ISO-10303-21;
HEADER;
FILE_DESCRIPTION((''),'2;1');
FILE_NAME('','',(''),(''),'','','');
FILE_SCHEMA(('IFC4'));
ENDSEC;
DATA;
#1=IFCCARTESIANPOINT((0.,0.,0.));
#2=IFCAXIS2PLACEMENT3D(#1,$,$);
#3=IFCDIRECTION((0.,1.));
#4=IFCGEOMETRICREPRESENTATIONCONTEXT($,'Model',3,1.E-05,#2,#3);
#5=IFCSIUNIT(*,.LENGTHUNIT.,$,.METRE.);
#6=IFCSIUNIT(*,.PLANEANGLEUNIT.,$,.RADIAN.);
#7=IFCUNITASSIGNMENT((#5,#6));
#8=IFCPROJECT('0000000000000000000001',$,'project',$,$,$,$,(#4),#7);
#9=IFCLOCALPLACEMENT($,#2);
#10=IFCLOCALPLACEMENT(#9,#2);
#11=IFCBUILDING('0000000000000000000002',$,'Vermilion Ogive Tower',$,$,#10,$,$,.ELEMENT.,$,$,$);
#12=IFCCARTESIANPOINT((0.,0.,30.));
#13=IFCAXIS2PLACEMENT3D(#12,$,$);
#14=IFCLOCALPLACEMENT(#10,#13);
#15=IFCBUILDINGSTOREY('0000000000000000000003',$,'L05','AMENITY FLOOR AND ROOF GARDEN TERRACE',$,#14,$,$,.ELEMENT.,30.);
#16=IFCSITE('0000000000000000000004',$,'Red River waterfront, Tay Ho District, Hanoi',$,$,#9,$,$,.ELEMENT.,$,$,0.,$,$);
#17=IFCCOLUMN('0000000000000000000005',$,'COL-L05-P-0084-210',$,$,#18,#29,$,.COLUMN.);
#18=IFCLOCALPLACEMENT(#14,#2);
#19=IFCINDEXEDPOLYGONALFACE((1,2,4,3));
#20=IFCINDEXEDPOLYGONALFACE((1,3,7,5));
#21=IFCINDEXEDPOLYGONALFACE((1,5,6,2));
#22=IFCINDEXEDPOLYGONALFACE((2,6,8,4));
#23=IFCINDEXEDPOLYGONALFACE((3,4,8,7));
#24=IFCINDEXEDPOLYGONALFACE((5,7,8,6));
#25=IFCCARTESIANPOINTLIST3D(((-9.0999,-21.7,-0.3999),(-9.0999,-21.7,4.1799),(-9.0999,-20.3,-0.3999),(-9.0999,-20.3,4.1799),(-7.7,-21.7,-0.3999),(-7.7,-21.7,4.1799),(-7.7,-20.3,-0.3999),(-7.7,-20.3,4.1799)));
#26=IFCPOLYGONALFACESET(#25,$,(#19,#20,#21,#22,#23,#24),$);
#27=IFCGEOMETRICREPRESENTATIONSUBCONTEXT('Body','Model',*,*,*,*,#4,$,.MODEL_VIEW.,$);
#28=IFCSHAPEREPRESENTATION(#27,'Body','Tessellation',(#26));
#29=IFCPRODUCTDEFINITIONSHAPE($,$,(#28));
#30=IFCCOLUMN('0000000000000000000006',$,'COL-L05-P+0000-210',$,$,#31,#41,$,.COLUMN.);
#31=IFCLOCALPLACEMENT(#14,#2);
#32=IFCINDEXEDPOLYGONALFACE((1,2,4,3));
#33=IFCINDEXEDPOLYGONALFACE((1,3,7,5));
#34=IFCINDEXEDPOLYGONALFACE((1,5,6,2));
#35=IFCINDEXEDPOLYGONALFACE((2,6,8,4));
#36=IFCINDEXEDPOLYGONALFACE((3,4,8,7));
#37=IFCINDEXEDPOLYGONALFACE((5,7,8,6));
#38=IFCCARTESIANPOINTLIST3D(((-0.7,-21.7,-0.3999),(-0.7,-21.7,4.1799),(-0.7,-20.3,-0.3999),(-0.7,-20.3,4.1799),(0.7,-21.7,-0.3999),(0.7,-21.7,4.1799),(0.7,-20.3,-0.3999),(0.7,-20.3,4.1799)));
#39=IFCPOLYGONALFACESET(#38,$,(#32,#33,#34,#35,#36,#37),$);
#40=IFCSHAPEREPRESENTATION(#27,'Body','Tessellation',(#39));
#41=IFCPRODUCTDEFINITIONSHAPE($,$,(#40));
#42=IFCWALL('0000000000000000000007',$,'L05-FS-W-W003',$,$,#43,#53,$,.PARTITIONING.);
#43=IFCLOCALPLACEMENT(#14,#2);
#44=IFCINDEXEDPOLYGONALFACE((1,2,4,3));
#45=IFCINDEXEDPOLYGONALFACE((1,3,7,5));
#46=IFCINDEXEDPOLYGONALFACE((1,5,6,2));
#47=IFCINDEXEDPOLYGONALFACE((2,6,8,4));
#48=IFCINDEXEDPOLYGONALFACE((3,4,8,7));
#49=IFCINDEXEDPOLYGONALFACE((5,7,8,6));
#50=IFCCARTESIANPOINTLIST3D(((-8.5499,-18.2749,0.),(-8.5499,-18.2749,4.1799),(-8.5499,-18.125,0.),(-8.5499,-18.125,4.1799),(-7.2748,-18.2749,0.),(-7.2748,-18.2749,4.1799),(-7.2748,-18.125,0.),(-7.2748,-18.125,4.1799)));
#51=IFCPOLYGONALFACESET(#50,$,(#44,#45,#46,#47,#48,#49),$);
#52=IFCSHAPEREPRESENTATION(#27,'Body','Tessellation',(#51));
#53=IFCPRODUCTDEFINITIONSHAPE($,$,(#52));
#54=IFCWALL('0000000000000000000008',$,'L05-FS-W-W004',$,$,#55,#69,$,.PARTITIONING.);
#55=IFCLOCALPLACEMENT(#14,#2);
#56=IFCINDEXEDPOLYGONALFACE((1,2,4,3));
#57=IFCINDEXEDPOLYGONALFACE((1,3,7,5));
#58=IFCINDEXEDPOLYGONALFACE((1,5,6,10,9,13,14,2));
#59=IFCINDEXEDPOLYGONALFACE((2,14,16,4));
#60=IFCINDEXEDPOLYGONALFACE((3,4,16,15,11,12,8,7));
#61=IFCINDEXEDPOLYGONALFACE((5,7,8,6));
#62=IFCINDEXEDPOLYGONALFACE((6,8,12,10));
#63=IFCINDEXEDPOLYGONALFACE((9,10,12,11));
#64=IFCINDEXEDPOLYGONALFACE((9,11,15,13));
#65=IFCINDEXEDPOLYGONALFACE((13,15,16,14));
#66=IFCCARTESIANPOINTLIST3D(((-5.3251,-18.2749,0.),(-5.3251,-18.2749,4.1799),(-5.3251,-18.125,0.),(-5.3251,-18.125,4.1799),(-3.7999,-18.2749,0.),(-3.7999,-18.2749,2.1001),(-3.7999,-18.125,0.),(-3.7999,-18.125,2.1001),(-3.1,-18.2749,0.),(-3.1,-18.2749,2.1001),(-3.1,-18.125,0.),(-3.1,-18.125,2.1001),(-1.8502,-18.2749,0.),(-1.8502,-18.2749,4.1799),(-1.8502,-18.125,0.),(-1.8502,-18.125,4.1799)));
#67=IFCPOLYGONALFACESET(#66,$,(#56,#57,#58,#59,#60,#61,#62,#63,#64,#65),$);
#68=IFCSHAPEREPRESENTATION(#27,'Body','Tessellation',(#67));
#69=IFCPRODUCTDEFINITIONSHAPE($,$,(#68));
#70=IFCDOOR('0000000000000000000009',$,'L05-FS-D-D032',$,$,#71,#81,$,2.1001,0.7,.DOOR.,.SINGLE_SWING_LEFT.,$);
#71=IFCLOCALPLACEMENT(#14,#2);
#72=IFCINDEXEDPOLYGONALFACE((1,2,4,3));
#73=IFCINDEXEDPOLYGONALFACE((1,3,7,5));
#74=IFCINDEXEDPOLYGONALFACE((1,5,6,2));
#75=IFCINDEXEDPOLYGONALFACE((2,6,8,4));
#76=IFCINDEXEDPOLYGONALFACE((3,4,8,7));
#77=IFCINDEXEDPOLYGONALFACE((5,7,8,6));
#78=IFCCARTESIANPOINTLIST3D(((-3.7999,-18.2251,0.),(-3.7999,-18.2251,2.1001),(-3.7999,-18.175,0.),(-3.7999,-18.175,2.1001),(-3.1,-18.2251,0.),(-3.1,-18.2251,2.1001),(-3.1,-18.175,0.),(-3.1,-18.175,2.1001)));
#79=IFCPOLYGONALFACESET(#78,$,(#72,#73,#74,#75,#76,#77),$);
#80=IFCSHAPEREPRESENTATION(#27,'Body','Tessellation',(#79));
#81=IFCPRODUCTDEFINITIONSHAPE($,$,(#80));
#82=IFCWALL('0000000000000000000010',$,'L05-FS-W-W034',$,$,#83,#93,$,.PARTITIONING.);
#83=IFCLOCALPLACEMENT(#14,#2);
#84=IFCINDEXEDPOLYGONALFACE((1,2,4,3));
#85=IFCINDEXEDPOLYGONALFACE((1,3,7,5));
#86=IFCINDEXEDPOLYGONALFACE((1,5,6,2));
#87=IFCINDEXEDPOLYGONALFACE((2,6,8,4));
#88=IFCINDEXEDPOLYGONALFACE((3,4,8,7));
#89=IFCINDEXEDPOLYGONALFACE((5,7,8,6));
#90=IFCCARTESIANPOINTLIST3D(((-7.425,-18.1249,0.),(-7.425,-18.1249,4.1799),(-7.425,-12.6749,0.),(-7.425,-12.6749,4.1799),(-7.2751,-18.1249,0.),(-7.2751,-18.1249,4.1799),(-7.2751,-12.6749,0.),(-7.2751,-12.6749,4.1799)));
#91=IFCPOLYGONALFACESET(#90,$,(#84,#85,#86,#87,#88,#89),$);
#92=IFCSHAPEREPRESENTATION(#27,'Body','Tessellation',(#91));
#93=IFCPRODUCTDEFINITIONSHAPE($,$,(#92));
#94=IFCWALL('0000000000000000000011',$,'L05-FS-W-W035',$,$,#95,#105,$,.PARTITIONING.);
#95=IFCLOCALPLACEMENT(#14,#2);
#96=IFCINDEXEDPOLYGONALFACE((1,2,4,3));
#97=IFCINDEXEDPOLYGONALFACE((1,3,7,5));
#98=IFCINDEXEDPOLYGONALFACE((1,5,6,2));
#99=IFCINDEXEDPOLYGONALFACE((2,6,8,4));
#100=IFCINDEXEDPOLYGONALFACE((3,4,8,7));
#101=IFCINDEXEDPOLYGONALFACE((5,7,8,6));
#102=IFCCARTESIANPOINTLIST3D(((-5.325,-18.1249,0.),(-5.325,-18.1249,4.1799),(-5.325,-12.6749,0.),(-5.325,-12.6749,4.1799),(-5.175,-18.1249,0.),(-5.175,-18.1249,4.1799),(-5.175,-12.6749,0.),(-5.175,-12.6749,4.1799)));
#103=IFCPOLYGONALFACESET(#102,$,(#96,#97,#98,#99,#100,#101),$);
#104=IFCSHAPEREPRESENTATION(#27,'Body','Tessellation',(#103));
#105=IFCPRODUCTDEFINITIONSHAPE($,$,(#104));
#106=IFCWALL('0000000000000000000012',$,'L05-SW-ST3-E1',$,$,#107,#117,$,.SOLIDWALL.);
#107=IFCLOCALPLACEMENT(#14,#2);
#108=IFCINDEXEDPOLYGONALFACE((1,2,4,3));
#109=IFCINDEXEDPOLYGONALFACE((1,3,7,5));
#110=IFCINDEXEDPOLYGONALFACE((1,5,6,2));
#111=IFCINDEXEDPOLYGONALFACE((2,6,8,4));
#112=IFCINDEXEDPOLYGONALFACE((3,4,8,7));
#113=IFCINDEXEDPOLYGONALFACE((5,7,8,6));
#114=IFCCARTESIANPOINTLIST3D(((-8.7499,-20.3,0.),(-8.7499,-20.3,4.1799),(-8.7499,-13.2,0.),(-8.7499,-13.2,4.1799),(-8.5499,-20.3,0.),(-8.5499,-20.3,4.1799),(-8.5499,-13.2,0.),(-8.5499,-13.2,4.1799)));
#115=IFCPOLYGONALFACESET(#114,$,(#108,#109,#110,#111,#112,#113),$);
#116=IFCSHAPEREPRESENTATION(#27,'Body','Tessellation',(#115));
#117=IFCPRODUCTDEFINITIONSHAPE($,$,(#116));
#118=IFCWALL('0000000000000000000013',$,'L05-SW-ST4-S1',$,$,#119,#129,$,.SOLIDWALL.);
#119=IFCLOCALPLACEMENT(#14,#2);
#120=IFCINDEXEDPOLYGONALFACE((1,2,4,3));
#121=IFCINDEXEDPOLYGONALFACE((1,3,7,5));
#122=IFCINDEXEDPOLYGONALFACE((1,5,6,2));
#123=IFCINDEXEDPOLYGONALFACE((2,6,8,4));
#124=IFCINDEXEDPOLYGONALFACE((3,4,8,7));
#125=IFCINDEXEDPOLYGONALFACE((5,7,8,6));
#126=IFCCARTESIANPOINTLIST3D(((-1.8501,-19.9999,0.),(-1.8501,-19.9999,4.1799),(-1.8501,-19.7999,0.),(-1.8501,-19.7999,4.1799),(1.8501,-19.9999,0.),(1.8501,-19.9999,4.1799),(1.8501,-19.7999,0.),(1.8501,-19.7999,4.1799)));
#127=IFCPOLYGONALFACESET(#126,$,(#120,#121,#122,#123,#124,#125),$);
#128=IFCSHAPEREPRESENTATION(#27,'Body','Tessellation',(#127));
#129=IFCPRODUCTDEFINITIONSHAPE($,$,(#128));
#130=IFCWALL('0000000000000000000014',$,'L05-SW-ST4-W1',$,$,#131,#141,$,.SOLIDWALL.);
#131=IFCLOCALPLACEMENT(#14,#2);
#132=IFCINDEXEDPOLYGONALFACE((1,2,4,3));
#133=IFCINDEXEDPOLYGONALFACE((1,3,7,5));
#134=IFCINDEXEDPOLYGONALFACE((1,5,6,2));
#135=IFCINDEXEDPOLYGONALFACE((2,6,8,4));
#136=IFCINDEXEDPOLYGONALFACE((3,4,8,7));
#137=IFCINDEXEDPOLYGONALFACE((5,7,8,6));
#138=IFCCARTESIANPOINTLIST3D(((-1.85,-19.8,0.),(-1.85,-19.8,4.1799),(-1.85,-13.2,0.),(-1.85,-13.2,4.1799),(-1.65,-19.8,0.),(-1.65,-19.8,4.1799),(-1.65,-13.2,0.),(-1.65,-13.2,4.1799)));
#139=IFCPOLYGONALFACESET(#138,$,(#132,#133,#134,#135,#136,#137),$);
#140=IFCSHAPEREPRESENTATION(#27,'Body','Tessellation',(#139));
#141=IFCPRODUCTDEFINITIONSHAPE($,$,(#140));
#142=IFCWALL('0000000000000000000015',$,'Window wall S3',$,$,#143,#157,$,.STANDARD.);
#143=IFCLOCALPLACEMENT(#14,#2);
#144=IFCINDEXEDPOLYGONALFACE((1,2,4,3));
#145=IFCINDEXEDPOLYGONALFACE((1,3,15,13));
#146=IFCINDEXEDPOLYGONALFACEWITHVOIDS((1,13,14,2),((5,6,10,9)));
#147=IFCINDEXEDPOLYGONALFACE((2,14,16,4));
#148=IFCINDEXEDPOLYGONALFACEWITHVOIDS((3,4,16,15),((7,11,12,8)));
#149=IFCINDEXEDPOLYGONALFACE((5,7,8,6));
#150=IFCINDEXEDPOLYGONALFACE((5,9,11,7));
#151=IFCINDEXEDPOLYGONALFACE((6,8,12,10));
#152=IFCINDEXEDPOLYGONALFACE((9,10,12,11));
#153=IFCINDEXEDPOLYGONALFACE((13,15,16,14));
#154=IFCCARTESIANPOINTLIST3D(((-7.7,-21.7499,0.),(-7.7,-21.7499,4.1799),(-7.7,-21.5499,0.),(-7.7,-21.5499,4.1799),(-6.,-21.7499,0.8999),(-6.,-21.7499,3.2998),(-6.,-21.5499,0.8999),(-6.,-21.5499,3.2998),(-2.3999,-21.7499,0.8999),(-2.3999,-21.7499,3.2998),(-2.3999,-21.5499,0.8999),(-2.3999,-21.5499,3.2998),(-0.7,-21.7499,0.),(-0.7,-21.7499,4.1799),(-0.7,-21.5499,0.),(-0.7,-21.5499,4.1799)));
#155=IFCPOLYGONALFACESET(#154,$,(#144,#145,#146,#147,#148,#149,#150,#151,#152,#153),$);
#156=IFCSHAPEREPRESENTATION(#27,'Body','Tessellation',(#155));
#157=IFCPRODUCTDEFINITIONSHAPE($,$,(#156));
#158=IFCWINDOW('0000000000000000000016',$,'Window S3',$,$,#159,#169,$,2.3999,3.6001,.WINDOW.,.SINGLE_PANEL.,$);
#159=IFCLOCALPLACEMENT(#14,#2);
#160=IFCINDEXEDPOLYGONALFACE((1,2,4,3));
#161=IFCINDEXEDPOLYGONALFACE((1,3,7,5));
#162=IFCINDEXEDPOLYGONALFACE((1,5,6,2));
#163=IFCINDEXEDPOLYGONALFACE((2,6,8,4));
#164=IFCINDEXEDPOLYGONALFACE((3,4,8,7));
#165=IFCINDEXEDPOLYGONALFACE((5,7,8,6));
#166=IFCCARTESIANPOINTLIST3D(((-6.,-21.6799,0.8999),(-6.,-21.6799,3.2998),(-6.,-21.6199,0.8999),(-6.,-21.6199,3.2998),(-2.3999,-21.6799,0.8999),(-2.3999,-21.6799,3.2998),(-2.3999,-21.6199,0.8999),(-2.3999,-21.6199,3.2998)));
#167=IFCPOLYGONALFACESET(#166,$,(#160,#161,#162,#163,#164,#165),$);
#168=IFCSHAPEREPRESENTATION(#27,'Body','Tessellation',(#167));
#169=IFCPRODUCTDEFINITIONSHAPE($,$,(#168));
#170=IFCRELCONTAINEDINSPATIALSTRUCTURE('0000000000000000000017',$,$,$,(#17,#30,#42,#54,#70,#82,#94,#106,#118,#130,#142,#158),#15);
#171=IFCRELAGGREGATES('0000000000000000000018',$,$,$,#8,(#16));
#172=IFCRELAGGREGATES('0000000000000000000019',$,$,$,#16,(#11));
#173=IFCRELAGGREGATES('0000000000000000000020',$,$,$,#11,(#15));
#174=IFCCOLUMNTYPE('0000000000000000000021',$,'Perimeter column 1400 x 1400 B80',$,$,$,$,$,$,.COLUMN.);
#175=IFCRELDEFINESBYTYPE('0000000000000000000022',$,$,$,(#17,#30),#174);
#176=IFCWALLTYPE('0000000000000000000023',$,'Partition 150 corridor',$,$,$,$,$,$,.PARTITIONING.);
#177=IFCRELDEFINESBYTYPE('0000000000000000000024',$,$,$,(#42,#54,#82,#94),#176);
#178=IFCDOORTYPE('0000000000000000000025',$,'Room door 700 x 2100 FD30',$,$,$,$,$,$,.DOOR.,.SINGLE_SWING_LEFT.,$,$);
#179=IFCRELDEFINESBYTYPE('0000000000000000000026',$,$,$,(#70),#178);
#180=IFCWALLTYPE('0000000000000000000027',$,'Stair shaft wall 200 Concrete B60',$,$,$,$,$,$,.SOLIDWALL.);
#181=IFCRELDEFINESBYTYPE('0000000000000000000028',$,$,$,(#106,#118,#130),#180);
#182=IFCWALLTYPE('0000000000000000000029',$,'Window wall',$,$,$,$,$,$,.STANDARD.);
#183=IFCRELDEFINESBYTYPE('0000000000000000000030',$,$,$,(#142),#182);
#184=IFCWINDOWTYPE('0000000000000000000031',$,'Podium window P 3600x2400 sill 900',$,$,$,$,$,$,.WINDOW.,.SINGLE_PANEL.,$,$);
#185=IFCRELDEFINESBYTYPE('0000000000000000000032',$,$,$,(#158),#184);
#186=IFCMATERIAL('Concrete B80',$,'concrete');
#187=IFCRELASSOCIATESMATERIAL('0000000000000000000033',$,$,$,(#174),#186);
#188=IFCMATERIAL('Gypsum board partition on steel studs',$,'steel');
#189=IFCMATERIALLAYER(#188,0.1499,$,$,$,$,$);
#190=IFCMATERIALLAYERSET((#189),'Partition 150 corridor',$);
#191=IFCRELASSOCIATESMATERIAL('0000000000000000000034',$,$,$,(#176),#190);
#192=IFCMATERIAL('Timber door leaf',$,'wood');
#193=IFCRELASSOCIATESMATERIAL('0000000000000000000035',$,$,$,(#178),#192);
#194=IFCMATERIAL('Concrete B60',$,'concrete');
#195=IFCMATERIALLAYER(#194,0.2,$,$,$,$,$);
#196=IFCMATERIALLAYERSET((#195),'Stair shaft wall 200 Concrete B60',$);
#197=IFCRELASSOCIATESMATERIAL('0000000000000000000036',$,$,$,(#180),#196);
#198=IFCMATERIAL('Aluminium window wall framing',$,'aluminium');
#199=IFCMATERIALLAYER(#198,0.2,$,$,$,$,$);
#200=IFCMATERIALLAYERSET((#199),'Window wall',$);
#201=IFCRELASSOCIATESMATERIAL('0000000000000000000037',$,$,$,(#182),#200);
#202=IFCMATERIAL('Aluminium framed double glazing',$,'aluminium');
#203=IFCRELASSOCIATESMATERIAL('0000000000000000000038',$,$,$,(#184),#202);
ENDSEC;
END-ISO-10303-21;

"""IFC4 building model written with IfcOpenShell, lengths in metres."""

from ifc_helpers import new_model, si_unit, direction, frame, frame_2d, origin, origin_2d, place, context, subcontext, project, spatial, rectangle, extrude, material, layer, layer_set, material_profile, profile_set, type_object, element, fill, save


model = new_model("IFC4")

# Units and contexts
model_context = context("Model", 3, precision=1e-05, world=origin(), true_north=direction((0.0, 1.0)))
body_context = subcontext(model_context, "Body", "Model", "MODEL_VIEW")
ifc_project = project(units=[si_unit("LENGTHUNIT", "METRE"), si_unit("PLANEANGLEUNIT", "RADIAN")], contexts=[model_context])

# Site, building, storey
site_placement = place(None, origin())
site = spatial("IfcSite", under=ifc_project, at=site_placement, Name="Red River waterfront, Tay Ho District, Hanoi", CompositionType="ELEMENT", RefElevation=0.0)
building_placement = place(site_placement, origin())
building = spatial("IfcBuilding", under=site, at=building_placement, Name="Vermilion Ogive Tower", CompositionType="ELEMENT")
storey_placement = place(building_placement, frame((0.0, 0.0, 30.0)))
storey = spatial("IfcBuildingStorey", under=building, at=storey_placement, Name="L05", Description="AMENITY FLOOR AND ROOF GARDEN TERRACE", CompositionType="ELEMENT", Elevation=30.0)

# Columns
ifc_material_1 = material(Name="Concrete B80", Category="concrete")
ifc_material_profile = material_profile(ifc_material_1, rectangle(XDim=1.3999, YDim=1.3999, at=origin_2d()), Name="1400 x 1400")
ifc_profile_set = profile_set([ifc_material_profile], Name="Concrete B80")
column_type = type_object("IfcColumnType", Name="Perimeter column 1400 x 1400 B80", PredefinedType="COLUMN", material=ifc_profile_set)
for number, where, z_axis, x_axis, name in (
    (1, (-8.3999, -21.0, -0.3999), (0.0, 0.0, 1.0), (1.0, 0.0, 0.0), "COL-L05-P-0084-210"),
    (2, (0.0, -21.0, -0.3999), (0.0, 0.0, 1.0), (1.0, 0.0, 0.0), "COL-L05-P+0000-210"),
):
    element("IfcColumn", number, at=place(storey_placement, frame(where, z_axis=z_axis, x_axis=x_axis)), inside=storey, type_object=column_type, Name=name, PredefinedType="COLUMN", context=body_context, shape_type="SweptSolid", body=[
        extrude(rectangle(XDim=1.3999, YDim=1.3999, at=origin_2d()), origin(), (0.0, 0.0, 1.0), 4.5798),
    ])

# Wall
ifc_material_2 = material(Name="Gypsum board partition on steel studs", Category="steel")
ifc_layer_1 = layer(ifc_material_2, 0.1499)
ifc_layer_set_1 = layer_set([ifc_layer_1], Name="Partition 150 corridor")
wall_type_1 = type_object("IfcWallType", Name="Partition 150 corridor", PredefinedType="PARTITIONING", material=ifc_layer_set_1)
wall_1_placement = place(storey_placement, frame((-8.55, -18.2, 0.0), z_axis=(0.0, 0.0, 1.0), x_axis=(1.0, 0.0, 0.0)))
element("IfcWall", 3, at=wall_1_placement, inside=storey, type_object=wall_type_1, Name="L05-FS-W-W003", PredefinedType="PARTITIONING", context=body_context, shape_type="SweptSolid", body=[
    extrude(rectangle(XDim=1.2751, YDim=0.1499, at=frame_2d((0.6377, 0.0))), origin(), (0.0, 0.0, 1.0), 4.1799),
])

# Wall, opening, door
wall_2_placement = place(storey_placement, frame((-5.325, -18.2, 0.0), z_axis=(0.0, 0.0, 1.0), x_axis=(1.0, 0.0, 0.0)))
wall_2 = element("IfcWall", 4, at=wall_2_placement, inside=storey, type_object=wall_type_1, Name="L05-FS-W-W004", PredefinedType="PARTITIONING", context=body_context, shape_type="SweptSolid", body=[
    extrude(rectangle(XDim=3.4749, YDim=0.1499, at=frame_2d((1.7373, 0.0))), origin(), (0.0, 0.0, 1.0), 4.1799),
])
opening_1_placement = place(wall_2_placement, frame((1.5249, 0.0, 0.0)))
opening_1 = element("IfcOpeningElement", 5, at=opening_1_placement, cuts=wall_2, PredefinedType="OPENING", context=body_context, shape_type="SweptSolid", body=[
    extrude(rectangle(XDim=0.7, YDim=2.1001, at=frame_2d((0.3501, 1.05))), frame((0.0, 0.085, 0.0), z_axis=(0.0, -1.0, 0.0), x_axis=(1.0, 0.0, 0.0)), (0.0, 0.0, 1.0), 0.1699),
])
ifc_material_3 = material(Name="Timber door leaf", Category="wood")
door_type = type_object("IfcDoorType", Name="Room door 700 x 2100 FD30", OperationType="SINGLE_SWING_LEFT", PredefinedType="DOOR", material=ifc_material_3)
door_placement = place(opening_1_placement, origin())
door = element("IfcDoor", 6, at=door_placement, inside=storey, type_object=door_type, Name="L05-FS-D-D032", OperationType="SINGLE_SWING_LEFT", OverallHeight=2.1001, OverallWidth=0.7, PredefinedType="DOOR", context=body_context, shape_type="SweptSolid", body=[
    extrude(rectangle(XDim=0.7, YDim=2.1001, at=frame_2d((0.3501, 1.05))), frame((0.0, 0.0249, 0.0), z_axis=(0.0, -1.0, 0.0), x_axis=(1.0, 0.0, 0.0)), (0.0, 0.0, 1.0), 0.05),
])
fill(opening_1, door)

# Walls
for number, where, z_axis, x_axis, name in (
    (7, (-7.3501, -18.125, 0.0), (0.0, 0.0, 1.0), (0.0, 1.0, 0.0), "L05-FS-W-W034"),
    (8, (-5.25, -18.125, 0.0), (0.0, 0.0, 1.0), (0.0, 1.0, 0.0), "L05-FS-W-W035"),
):
    element("IfcWall", number, at=place(storey_placement, frame(where, z_axis=z_axis, x_axis=x_axis)), inside=storey, type_object=wall_type_1, Name=name, PredefinedType="PARTITIONING", context=body_context, shape_type="SweptSolid", body=[
        extrude(rectangle(XDim=5.45, YDim=0.1499, at=frame_2d((2.7251, 0.0))), origin(), (0.0, 0.0, 1.0), 4.1799),
    ])
ifc_material_4 = material(Name="Concrete B60", Category="concrete")
ifc_layer_2 = layer(ifc_material_4, 0.2)
ifc_layer_set_2 = layer_set([ifc_layer_2], Name="Stair shaft wall 200 Concrete B60")
wall_type_2 = type_object("IfcWallType", Name="Stair shaft wall 200 Concrete B60", PredefinedType="SOLIDWALL", material=ifc_layer_set_2)
wall_3_placement = place(storey_placement, frame((-8.6499, -20.3, 0.0), z_axis=(0.0, 0.0, 1.0), x_axis=(0.0, 1.0, 0.0)))
element("IfcWall", 9, at=wall_3_placement, inside=storey, type_object=wall_type_2, Name="L05-SW-ST3-E1", PredefinedType="SOLIDWALL", context=body_context, shape_type="SweptSolid", body=[
    extrude(rectangle(XDim=7.1001, YDim=0.2, at=frame_2d((3.55, 0.0))), origin(), (0.0, 0.0, 1.0), 4.1799),
])
wall_4_placement = place(storey_placement, frame((-1.8501, -19.8999, 0.0), z_axis=(0.0, 0.0, 1.0), x_axis=(1.0, 0.0, 0.0)))
element("IfcWall", 10, at=wall_4_placement, inside=storey, type_object=wall_type_2, Name="L05-SW-ST4-S1", PredefinedType="SOLIDWALL", context=body_context, shape_type="SweptSolid", body=[
    extrude(rectangle(XDim=3.7002, YDim=0.2, at=frame_2d((1.8501, 0.0))), origin(), (0.0, 0.0, 1.0), 4.1799),
])
wall_5_placement = place(storey_placement, frame((-1.75, -19.8, 0.0), z_axis=(0.0, 0.0, 1.0), x_axis=(0.0, 1.0, 0.0)))
element("IfcWall", 11, at=wall_5_placement, inside=storey, type_object=wall_type_2, Name="L05-SW-ST4-W1", PredefinedType="SOLIDWALL", context=body_context, shape_type="SweptSolid", body=[
    extrude(rectangle(XDim=6.6001, YDim=0.2, at=frame_2d((3.3, 0.0))), origin(), (0.0, 0.0, 1.0), 4.1799),
])

# Wall, opening, window
ifc_material_5 = material(Name="Aluminium window wall framing", Category="aluminium")
ifc_layer_3 = layer(ifc_material_5, 0.2)
ifc_layer_set_3 = layer_set([ifc_layer_3], Name="Window wall")
wall_type_3 = type_object("IfcWallType", Name="Window wall", PredefinedType="STANDARD", material=ifc_layer_set_3)
wall_6_placement = place(storey_placement, frame((-7.7, -21.6499, 0.0), z_axis=(0.0, 0.0, 1.0), x_axis=(1.0, 0.0, 0.0)))
wall_6 = element("IfcWall", 12, at=wall_6_placement, inside=storey, type_object=wall_type_3, Name="Window wall S3", PredefinedType="STANDARD", context=body_context, shape_type="SweptSolid", body=[
    extrude(rectangle(XDim=7.0, YDim=0.2, at=frame_2d((3.5, 0.0))), origin(), (0.0, 0.0, 1.0), 4.1799),
])
opening_2_placement = place(wall_6_placement, frame((1.7, 0.0, 0.8999)))
opening_2 = element("IfcOpeningElement", 13, at=opening_2_placement, cuts=wall_6, PredefinedType="OPENING", context=body_context, shape_type="SweptSolid", body=[
    extrude(rectangle(XDim=3.6001, YDim=2.3999, at=frame_2d((1.8, 1.2))), frame((0.0, 0.1099, 0.0), z_axis=(0.0, -1.0, 0.0), x_axis=(1.0, 0.0, 0.0)), (0.0, 0.0, 1.0), 0.22),
])
ifc_material_6 = material(Name="Aluminium framed double glazing", Category="aluminium")
window_type = type_object("IfcWindowType", Name="Podium window P 3600x2400 sill 900", PartitioningType="SINGLE_PANEL", PredefinedType="WINDOW", material=ifc_material_6)
window_placement = place(opening_2_placement, origin())
window = element("IfcWindow", 14, at=window_placement, inside=storey, type_object=window_type, Name="Window S3", OverallHeight=2.3999, OverallWidth=3.6001, PartitioningType="SINGLE_PANEL", PredefinedType="WINDOW", context=body_context, shape_type="SweptSolid", body=[
    extrude(rectangle(XDim=3.6001, YDim=2.3999, at=frame_2d((1.8, 1.2))), frame((0.0, 0.03, 0.0), z_axis=(0.0, -1.0, 0.0), x_axis=(1.0, 0.0, 0.0)), (0.0, 0.0, 1.0), 0.0601),
])
fill(opening_2, window)

save(model, "model.ifc")
